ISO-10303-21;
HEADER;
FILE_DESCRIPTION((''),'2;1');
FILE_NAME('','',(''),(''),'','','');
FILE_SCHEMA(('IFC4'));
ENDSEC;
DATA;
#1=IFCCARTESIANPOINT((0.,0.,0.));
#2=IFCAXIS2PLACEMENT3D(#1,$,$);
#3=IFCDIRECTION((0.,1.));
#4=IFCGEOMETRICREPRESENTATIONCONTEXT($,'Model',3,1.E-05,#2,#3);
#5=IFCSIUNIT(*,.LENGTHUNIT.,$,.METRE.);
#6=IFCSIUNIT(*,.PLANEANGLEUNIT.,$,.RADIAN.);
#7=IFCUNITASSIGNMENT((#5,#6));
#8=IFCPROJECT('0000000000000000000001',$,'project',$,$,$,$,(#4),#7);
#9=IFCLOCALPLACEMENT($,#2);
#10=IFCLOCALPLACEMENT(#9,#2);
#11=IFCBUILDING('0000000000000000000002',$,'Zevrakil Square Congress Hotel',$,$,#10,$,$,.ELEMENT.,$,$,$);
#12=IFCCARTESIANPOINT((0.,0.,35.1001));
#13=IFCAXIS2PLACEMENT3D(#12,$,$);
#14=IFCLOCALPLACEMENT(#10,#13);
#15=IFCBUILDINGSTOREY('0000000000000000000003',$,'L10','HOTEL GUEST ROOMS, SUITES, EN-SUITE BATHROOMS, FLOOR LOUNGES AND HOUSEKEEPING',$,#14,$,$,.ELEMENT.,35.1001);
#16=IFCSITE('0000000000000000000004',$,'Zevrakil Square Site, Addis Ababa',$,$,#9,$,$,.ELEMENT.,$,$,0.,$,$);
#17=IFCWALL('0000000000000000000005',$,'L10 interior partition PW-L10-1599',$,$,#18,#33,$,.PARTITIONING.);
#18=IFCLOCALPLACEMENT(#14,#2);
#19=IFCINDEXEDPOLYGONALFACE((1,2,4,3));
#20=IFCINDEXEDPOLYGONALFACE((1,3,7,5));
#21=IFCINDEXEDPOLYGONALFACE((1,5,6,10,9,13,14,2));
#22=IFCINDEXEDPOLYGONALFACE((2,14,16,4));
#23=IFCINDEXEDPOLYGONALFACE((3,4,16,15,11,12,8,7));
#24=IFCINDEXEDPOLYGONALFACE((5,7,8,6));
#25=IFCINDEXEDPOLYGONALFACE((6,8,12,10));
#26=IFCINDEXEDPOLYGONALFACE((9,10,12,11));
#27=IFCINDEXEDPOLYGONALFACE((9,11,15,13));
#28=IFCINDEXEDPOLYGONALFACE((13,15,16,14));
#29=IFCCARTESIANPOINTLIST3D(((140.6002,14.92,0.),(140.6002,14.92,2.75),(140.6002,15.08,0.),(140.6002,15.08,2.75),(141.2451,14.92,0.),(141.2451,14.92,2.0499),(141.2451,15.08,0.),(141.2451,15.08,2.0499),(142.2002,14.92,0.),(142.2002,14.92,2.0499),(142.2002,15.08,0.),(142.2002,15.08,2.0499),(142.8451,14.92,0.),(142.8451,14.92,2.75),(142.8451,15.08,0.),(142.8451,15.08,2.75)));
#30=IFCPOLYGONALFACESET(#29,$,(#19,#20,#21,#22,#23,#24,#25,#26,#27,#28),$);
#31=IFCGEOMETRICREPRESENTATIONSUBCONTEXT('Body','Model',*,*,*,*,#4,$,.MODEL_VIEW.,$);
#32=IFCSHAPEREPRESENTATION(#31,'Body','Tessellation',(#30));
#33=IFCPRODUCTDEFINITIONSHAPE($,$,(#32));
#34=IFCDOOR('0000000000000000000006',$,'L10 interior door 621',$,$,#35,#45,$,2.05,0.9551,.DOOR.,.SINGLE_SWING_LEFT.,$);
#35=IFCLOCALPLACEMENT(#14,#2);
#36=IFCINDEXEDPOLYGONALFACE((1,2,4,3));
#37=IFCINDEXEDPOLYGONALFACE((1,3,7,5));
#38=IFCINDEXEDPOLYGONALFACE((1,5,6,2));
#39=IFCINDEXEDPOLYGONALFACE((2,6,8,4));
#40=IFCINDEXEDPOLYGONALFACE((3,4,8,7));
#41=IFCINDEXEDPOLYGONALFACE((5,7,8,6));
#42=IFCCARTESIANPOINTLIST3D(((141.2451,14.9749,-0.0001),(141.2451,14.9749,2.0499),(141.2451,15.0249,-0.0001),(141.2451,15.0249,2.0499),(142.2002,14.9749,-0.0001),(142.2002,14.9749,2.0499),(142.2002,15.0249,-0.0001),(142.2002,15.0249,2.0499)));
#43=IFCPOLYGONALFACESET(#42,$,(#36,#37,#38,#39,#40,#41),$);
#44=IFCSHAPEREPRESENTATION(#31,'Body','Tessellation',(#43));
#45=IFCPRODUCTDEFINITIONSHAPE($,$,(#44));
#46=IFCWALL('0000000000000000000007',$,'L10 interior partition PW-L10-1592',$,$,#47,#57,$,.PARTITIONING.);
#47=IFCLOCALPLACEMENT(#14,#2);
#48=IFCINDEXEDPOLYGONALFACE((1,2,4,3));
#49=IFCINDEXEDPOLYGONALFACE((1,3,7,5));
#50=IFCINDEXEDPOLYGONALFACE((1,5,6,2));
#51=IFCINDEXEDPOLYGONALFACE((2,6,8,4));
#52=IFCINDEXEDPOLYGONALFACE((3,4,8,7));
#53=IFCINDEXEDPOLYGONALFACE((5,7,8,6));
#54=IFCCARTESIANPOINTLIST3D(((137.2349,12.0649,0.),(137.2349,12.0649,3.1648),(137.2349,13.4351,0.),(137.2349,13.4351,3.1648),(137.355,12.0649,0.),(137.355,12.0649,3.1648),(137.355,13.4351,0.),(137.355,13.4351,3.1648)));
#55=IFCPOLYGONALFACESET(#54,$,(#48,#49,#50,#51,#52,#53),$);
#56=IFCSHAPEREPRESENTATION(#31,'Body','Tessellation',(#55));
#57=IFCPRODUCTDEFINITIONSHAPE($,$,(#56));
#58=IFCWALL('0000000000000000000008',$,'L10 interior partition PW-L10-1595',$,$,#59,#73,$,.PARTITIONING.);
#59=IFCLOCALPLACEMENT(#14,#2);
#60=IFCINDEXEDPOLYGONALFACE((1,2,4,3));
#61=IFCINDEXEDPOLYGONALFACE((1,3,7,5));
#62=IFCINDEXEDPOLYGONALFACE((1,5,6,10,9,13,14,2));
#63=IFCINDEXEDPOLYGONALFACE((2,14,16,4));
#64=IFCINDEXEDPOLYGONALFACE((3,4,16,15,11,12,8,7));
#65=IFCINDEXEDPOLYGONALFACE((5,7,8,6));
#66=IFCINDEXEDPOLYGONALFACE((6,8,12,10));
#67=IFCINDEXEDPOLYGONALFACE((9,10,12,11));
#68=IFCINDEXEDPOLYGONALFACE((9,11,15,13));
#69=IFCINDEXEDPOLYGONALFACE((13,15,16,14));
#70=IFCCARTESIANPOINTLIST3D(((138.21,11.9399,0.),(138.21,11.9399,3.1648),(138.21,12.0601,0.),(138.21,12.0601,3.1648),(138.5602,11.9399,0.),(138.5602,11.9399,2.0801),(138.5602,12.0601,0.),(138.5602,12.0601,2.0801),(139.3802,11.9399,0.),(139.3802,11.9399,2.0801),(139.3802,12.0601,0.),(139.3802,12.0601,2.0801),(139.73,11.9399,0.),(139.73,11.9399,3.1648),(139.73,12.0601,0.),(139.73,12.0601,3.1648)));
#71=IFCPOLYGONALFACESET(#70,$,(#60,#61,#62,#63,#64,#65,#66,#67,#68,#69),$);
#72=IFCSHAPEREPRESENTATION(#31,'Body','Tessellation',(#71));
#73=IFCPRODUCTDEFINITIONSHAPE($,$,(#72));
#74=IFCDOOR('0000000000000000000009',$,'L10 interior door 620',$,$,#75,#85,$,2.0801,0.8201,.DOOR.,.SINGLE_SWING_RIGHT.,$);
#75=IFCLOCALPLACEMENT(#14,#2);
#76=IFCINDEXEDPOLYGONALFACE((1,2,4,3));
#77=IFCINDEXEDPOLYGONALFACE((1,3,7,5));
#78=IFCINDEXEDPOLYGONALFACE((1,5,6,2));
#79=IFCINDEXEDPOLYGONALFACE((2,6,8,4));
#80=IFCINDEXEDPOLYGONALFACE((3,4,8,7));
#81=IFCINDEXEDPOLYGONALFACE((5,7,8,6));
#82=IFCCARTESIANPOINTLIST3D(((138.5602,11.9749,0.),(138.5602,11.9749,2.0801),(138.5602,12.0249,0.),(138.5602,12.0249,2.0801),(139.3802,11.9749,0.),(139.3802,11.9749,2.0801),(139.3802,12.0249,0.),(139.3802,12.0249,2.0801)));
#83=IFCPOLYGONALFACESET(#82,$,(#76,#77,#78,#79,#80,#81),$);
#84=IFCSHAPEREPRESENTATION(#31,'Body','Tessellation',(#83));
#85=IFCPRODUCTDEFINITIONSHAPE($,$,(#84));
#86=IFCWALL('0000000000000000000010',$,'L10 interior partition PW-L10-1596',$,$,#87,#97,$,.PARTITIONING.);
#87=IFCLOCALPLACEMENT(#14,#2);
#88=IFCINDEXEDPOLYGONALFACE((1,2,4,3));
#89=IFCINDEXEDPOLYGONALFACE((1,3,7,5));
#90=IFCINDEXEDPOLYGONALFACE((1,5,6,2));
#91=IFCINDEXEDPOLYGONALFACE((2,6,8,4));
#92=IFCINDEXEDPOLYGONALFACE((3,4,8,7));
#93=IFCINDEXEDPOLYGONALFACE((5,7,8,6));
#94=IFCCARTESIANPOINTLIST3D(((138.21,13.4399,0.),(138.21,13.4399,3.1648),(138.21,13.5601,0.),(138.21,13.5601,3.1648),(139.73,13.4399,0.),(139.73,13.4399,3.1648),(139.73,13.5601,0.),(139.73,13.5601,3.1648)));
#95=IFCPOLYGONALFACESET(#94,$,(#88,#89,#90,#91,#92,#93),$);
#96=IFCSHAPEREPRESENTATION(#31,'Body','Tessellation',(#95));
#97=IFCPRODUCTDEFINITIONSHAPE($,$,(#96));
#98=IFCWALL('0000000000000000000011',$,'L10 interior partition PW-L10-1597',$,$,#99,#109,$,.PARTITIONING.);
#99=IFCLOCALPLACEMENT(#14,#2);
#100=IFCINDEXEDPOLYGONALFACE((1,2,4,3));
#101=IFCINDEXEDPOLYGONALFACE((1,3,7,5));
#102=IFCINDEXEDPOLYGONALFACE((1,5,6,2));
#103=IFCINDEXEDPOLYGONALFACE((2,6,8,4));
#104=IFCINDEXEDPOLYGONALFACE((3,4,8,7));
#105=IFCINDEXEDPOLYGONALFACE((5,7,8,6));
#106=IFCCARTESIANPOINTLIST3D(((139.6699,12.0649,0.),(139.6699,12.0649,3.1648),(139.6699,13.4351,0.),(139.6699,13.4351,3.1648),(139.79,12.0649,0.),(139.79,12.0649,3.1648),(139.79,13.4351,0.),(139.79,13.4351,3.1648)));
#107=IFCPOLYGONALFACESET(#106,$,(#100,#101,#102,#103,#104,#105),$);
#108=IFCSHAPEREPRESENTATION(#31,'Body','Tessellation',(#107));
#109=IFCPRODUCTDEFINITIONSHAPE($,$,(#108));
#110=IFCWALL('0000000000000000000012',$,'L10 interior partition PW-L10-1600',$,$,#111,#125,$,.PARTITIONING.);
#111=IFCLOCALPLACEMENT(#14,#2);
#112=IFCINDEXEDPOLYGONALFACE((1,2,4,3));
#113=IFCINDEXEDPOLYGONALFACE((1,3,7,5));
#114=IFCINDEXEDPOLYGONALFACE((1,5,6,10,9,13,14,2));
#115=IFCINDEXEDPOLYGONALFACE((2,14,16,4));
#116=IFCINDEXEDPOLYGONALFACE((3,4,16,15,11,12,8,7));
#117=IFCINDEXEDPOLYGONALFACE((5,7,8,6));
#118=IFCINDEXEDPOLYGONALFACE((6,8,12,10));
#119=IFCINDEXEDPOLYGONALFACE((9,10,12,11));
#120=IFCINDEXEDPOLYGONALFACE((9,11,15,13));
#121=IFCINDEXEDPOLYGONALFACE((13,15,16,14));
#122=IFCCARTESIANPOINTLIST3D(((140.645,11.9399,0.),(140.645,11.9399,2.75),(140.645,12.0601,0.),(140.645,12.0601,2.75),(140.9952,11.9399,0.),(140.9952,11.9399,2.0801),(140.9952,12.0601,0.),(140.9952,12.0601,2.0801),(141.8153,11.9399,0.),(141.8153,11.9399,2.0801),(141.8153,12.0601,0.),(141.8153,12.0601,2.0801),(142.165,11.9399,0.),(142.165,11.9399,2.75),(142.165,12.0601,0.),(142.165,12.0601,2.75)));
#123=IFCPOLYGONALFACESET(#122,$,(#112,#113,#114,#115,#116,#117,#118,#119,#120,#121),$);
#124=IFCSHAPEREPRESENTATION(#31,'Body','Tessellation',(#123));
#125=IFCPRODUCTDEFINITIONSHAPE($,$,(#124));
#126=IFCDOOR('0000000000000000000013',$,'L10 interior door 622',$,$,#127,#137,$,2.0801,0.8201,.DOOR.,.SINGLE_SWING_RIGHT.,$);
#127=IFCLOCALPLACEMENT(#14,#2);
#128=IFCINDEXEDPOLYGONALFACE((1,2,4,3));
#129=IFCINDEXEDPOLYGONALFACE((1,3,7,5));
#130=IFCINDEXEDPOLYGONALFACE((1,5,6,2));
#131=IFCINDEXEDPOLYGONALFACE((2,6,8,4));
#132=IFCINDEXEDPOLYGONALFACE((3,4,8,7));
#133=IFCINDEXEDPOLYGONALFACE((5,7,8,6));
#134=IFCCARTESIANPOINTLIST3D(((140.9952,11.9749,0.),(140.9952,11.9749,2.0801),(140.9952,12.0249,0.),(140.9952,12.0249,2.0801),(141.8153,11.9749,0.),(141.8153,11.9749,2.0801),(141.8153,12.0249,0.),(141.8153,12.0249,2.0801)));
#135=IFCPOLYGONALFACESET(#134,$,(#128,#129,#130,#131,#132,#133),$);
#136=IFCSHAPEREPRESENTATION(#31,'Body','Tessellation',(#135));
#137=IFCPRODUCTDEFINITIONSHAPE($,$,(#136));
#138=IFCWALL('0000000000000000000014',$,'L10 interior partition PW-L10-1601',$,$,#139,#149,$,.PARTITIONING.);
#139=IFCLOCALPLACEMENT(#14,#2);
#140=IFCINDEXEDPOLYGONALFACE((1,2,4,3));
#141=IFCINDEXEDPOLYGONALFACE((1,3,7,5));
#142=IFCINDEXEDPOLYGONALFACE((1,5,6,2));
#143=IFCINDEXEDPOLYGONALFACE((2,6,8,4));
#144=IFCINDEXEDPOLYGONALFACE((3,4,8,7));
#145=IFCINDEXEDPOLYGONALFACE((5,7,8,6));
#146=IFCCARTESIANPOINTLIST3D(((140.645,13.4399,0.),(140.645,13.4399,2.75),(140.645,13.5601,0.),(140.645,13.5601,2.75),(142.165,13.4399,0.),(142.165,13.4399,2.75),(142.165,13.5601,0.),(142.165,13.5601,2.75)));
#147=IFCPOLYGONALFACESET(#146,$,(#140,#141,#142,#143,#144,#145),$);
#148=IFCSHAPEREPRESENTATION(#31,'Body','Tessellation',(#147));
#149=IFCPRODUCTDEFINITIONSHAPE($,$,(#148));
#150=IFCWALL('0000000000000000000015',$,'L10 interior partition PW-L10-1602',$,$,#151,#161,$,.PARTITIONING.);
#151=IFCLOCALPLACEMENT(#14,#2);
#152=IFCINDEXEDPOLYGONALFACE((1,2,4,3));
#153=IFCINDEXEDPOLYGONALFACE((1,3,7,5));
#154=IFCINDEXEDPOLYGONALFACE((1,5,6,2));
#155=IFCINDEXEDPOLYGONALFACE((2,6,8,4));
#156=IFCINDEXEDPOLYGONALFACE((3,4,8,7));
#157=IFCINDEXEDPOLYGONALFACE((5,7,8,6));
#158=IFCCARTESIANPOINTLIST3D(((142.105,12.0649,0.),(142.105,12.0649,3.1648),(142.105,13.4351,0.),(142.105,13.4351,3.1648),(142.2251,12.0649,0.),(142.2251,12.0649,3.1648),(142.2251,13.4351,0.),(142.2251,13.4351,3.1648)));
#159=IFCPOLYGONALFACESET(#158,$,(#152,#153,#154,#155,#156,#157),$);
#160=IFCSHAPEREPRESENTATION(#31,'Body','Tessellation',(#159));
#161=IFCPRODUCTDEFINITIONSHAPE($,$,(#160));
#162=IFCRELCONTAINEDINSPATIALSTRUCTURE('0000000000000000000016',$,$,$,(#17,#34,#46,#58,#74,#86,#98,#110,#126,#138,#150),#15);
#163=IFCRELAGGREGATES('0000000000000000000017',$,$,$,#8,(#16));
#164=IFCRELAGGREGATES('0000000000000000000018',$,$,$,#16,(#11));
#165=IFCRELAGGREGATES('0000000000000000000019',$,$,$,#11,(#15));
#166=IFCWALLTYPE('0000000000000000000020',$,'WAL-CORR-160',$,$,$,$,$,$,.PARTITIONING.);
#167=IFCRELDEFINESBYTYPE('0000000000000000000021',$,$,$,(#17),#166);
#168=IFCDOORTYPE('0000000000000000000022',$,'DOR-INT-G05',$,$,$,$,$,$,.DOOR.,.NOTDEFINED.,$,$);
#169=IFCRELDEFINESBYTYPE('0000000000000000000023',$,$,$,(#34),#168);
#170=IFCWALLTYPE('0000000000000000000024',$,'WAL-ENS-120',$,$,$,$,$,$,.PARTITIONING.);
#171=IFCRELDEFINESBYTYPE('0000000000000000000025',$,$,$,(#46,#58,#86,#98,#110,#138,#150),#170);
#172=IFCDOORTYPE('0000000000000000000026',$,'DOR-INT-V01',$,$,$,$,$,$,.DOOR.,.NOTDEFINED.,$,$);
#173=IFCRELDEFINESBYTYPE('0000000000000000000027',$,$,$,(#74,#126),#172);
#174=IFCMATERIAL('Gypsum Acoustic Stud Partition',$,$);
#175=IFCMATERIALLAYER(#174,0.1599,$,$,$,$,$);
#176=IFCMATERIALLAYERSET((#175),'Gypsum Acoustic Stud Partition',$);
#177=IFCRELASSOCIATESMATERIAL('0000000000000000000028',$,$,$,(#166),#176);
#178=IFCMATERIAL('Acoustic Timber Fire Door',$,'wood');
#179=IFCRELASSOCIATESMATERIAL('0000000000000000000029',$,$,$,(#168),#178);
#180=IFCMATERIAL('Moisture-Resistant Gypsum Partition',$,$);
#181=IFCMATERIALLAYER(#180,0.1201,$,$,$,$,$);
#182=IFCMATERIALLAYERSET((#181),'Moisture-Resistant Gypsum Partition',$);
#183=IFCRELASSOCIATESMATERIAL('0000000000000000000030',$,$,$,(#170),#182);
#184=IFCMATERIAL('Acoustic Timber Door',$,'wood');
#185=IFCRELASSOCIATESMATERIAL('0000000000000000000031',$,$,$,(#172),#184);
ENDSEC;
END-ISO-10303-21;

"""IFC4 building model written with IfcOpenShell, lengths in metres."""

from ifc_helpers import new_model, si_unit, direction, frame, frame_2d, origin, place, context, subcontext, project, spatial, rectangle, extrude, material, layer, layer_set, type_object, element, fill, save


model = new_model("IFC4")

# Units and contexts
model_context = context("Model", 3, precision=1e-05, world=origin(), true_north=direction((0.0, 1.0)))
body_context = subcontext(model_context, "Body", "Model", "MODEL_VIEW")
ifc_project = project(units=[si_unit("LENGTHUNIT", "METRE"), si_unit("PLANEANGLEUNIT", "RADIAN")], contexts=[model_context])

# Site, building, storey
site_placement = place(None, origin())
site = spatial("IfcSite", under=ifc_project, at=site_placement, Name="Zevrakil Square Site, Addis Ababa", CompositionType="ELEMENT", RefElevation=0.0)
building_placement = place(site_placement, origin())
building = spatial("IfcBuilding", under=site, at=building_placement, Name="Zevrakil Square Congress Hotel", CompositionType="ELEMENT")
storey_placement = place(building_placement, frame((0.0, 0.0, 35.1001)))
storey = spatial("IfcBuildingStorey", under=building, at=storey_placement, Name="L10", Description="HOTEL GUEST ROOMS, SUITES, EN-SUITE BATHROOMS, FLOOR LOUNGES AND HOUSEKEEPING", CompositionType="ELEMENT", Elevation=35.1001)

# Wall, opening, door
ifc_material_1 = material(Name="Gypsum Acoustic Stud Partition")
ifc_layer_1 = layer(ifc_material_1, 0.1599)
ifc_layer_set_1 = layer_set([ifc_layer_1], Name="Gypsum Acoustic Stud Partition")
wall_type_1 = type_object("IfcWallType", Name="WAL-CORR-160", PredefinedType="PARTITIONING", material=ifc_layer_set_1)
wall_1_placement = place(storey_placement, frame((140.6001, 15.0, 0.0), z_axis=(0.0, 0.0, 1.0), x_axis=(1.0, 0.0, 0.0)))
wall_1 = element("IfcWall", 1, at=wall_1_placement, inside=storey, type_object=wall_type_1, Name="L10 interior partition PW-L10-1599", PredefinedType="PARTITIONING", context=body_context, shape_type="SweptSolid", body=[
    extrude(rectangle(XDim=2.2449, YDim=0.1599, at=frame_2d((1.1226, 0.0))), origin(), (0.0, 0.0, 1.0), 2.75),
])
opening_1_placement = place(wall_1_placement, frame((0.645, 0.0, 0.0)))
opening_1 = element("IfcOpeningElement", 2, at=opening_1_placement, cuts=wall_1, PredefinedType="OPENING", context=body_context, shape_type="SweptSolid", body=[
    extrude(rectangle(XDim=0.9551, YDim=2.05, at=frame_2d((0.4775, 1.0249))), frame((0.0, 0.0898, 0.0), z_axis=(0.0, -1.0, 0.0), x_axis=(1.0, 0.0, 0.0)), (0.0, 0.0, 1.0), 0.1799),
])
ifc_material_2 = material(Name="Acoustic Timber Fire Door", Category="wood")
door_type_1 = type_object("IfcDoorType", Name="DOR-INT-G05", OperationType="NOTDEFINED", PredefinedType="DOOR", material=ifc_material_2)
door_1_placement = place(opening_1_placement, origin())
door_1 = element("IfcDoor", 3, at=door_1_placement, inside=storey, type_object=door_type_1, Name="L10 interior door 621", OperationType="SINGLE_SWING_LEFT", OverallHeight=2.05, OverallWidth=0.9551, PredefinedType="DOOR", context=body_context, shape_type="SweptSolid", body=[
    extrude(rectangle(XDim=0.9551, YDim=2.05, at=frame_2d((0.4775, 1.0249))), frame((0.0, 0.0249, 0.0), z_axis=(0.0, -1.0, 0.0), x_axis=(1.0, 0.0, 0.0)), (0.0, 0.0, 1.0), 0.05),
])
fill(opening_1, door_1)

# Wall
ifc_material_3 = material(Name="Moisture-Resistant Gypsum Partition")
ifc_layer_2 = layer(ifc_material_3, 0.1201)
ifc_layer_set_2 = layer_set([ifc_layer_2], Name="Moisture-Resistant Gypsum Partition")
wall_type_2 = type_object("IfcWallType", Name="WAL-ENS-120", PredefinedType="PARTITIONING", material=ifc_layer_set_2)
wall_2_placement = place(storey_placement, frame((137.2949, 12.0649, 0.0), z_axis=(0.0, 0.0, 1.0), x_axis=(0.0, 1.0, 0.0)))
element("IfcWall", 4, at=wall_2_placement, inside=storey, type_object=wall_type_2, Name="L10 interior partition PW-L10-1592", PredefinedType="PARTITIONING", context=body_context, shape_type="SweptSolid", body=[
    extrude(rectangle(XDim=1.3701, YDim=0.1201, at=frame_2d((0.6851, 0.0))), origin(), (0.0, 0.0, 1.0), 3.1648),
])

# Wall, opening, door
wall_3_placement = place(storey_placement, frame((138.21, 12.0, 0.0), z_axis=(0.0, 0.0, 1.0), x_axis=(1.0, 0.0, 0.0)))
wall_3 = element("IfcWall", 5, at=wall_3_placement, inside=storey, type_object=wall_type_2, Name="L10 interior partition PW-L10-1595", PredefinedType="PARTITIONING", context=body_context, shape_type="SweptSolid", body=[
    extrude(rectangle(XDim=1.52, YDim=0.1201, at=frame_2d((0.76, 0.0))), origin(), (0.0, 0.0, 1.0), 3.1648),
])
opening_2_placement = place(wall_3_placement, frame((0.3501, 0.0, 0.0)))
opening_2 = element("IfcOpeningElement", 6, at=opening_2_placement, cuts=wall_3, PredefinedType="OPENING", context=body_context, shape_type="SweptSolid", body=[
    extrude(rectangle(XDim=0.8201, YDim=2.0801, at=frame_2d((0.4102, 1.04))), frame((0.0, 0.0701, 0.0), z_axis=(0.0, -1.0, 0.0), x_axis=(1.0, 0.0, 0.0)), (0.0, 0.0, 1.0), 0.1401),
])
ifc_material_4 = material(Name="Acoustic Timber Door", Category="wood")
door_type_2 = type_object("IfcDoorType", Name="DOR-INT-V01", OperationType="NOTDEFINED", PredefinedType="DOOR", material=ifc_material_4)
door_2_placement = place(opening_2_placement, origin())
door_2 = element("IfcDoor", 7, at=door_2_placement, inside=storey, type_object=door_type_2, Name="L10 interior door 620", OperationType="SINGLE_SWING_RIGHT", OverallHeight=2.0801, OverallWidth=0.8201, PredefinedType="DOOR", context=body_context, shape_type="SweptSolid", body=[
    extrude(rectangle(XDim=0.8201, YDim=2.0801, at=frame_2d((0.4102, 1.04))), frame((0.0, 0.0249, 0.0), z_axis=(0.0, -1.0, 0.0), x_axis=(1.0, 0.0, 0.0)), (0.0, 0.0, 1.0), 0.05),
])
fill(opening_2, door_2)

# Walls
wall_4_placement = place(storey_placement, frame((138.21, 13.5, 0.0), z_axis=(0.0, 0.0, 1.0), x_axis=(1.0, 0.0, 0.0)))
element("IfcWall", 8, at=wall_4_placement, inside=storey, type_object=wall_type_2, Name="L10 interior partition PW-L10-1596", PredefinedType="PARTITIONING", context=body_context, shape_type="SweptSolid", body=[
    extrude(rectangle(XDim=1.52, YDim=0.1201, at=frame_2d((0.76, 0.0))), origin(), (0.0, 0.0, 1.0), 3.1648),
])
wall_5_placement = place(storey_placement, frame((139.73, 12.0649, 0.0), z_axis=(0.0, 0.0, 1.0), x_axis=(0.0, 1.0, 0.0)))
element("IfcWall", 9, at=wall_5_placement, inside=storey, type_object=wall_type_2, Name="L10 interior partition PW-L10-1597", PredefinedType="PARTITIONING", context=body_context, shape_type="SweptSolid", body=[
    extrude(rectangle(XDim=1.3701, YDim=0.1201, at=frame_2d((0.6851, 0.0))), origin(), (0.0, 0.0, 1.0), 3.1648),
])

# Wall, opening, door
wall_6_placement = place(storey_placement, frame((140.645, 12.0, 0.0), z_axis=(0.0, 0.0, 1.0), x_axis=(1.0, 0.0, 0.0)))
wall_6 = element("IfcWall", 10, at=wall_6_placement, inside=storey, type_object=wall_type_2, Name="L10 interior partition PW-L10-1600", PredefinedType="PARTITIONING", context=body_context, shape_type="SweptSolid", body=[
    extrude(rectangle(XDim=1.52, YDim=0.1201, at=frame_2d((0.76, 0.0))), origin(), (0.0, 0.0, 1.0), 2.75),
])
opening_3_placement = place(wall_6_placement, frame((0.3501, 0.0, 0.0)))
opening_3 = element("IfcOpeningElement", 11, at=opening_3_placement, cuts=wall_6, PredefinedType="OPENING", context=body_context, shape_type="SweptSolid", body=[
    extrude(rectangle(XDim=0.8201, YDim=2.0801, at=frame_2d((0.4102, 1.04))), frame((0.0, 0.0701, 0.0), z_axis=(0.0, -1.0, 0.0), x_axis=(1.0, 0.0, 0.0)), (0.0, 0.0, 1.0), 0.1401),
])
door_3_placement = place(opening_3_placement, origin())
door_3 = element("IfcDoor", 12, at=door_3_placement, inside=storey, type_object=door_type_2, Name="L10 interior door 622", OperationType="SINGLE_SWING_RIGHT", OverallHeight=2.0801, OverallWidth=0.8201, PredefinedType="DOOR", context=body_context, shape_type="SweptSolid", body=[
    extrude(rectangle(XDim=0.8201, YDim=2.0801, at=frame_2d((0.4102, 1.04))), frame((0.0, 0.0249, 0.0), z_axis=(0.0, -1.0, 0.0), x_axis=(1.0, 0.0, 0.0)), (0.0, 0.0, 1.0), 0.05),
])
fill(opening_3, door_3)

# Walls
wall_7_placement = place(storey_placement, frame((140.645, 13.5, 0.0), z_axis=(0.0, 0.0, 1.0), x_axis=(1.0, 0.0, 0.0)))
element("IfcWall", 13, at=wall_7_placement, inside=storey, type_object=wall_type_2, Name="L10 interior partition PW-L10-1601", PredefinedType="PARTITIONING", context=body_context, shape_type="SweptSolid", body=[
    extrude(rectangle(XDim=1.52, YDim=0.1201, at=frame_2d((0.76, 0.0))), origin(), (0.0, 0.0, 1.0), 2.75),
])
wall_8_placement = place(storey_placement, frame((142.165, 12.0649, 0.0), z_axis=(0.0, 0.0, 1.0), x_axis=(0.0, 1.0, 0.0)))
element("IfcWall", 14, at=wall_8_placement, inside=storey, type_object=wall_type_2, Name="L10 interior partition PW-L10-1602", PredefinedType="PARTITIONING", context=body_context, shape_type="SweptSolid", body=[
    extrude(rectangle(XDim=1.3701, YDim=0.1201, at=frame_2d((0.6851, 0.0))), origin(), (0.0, 0.0, 1.0), 3.1648),
])

save(model, "model.ifc")
